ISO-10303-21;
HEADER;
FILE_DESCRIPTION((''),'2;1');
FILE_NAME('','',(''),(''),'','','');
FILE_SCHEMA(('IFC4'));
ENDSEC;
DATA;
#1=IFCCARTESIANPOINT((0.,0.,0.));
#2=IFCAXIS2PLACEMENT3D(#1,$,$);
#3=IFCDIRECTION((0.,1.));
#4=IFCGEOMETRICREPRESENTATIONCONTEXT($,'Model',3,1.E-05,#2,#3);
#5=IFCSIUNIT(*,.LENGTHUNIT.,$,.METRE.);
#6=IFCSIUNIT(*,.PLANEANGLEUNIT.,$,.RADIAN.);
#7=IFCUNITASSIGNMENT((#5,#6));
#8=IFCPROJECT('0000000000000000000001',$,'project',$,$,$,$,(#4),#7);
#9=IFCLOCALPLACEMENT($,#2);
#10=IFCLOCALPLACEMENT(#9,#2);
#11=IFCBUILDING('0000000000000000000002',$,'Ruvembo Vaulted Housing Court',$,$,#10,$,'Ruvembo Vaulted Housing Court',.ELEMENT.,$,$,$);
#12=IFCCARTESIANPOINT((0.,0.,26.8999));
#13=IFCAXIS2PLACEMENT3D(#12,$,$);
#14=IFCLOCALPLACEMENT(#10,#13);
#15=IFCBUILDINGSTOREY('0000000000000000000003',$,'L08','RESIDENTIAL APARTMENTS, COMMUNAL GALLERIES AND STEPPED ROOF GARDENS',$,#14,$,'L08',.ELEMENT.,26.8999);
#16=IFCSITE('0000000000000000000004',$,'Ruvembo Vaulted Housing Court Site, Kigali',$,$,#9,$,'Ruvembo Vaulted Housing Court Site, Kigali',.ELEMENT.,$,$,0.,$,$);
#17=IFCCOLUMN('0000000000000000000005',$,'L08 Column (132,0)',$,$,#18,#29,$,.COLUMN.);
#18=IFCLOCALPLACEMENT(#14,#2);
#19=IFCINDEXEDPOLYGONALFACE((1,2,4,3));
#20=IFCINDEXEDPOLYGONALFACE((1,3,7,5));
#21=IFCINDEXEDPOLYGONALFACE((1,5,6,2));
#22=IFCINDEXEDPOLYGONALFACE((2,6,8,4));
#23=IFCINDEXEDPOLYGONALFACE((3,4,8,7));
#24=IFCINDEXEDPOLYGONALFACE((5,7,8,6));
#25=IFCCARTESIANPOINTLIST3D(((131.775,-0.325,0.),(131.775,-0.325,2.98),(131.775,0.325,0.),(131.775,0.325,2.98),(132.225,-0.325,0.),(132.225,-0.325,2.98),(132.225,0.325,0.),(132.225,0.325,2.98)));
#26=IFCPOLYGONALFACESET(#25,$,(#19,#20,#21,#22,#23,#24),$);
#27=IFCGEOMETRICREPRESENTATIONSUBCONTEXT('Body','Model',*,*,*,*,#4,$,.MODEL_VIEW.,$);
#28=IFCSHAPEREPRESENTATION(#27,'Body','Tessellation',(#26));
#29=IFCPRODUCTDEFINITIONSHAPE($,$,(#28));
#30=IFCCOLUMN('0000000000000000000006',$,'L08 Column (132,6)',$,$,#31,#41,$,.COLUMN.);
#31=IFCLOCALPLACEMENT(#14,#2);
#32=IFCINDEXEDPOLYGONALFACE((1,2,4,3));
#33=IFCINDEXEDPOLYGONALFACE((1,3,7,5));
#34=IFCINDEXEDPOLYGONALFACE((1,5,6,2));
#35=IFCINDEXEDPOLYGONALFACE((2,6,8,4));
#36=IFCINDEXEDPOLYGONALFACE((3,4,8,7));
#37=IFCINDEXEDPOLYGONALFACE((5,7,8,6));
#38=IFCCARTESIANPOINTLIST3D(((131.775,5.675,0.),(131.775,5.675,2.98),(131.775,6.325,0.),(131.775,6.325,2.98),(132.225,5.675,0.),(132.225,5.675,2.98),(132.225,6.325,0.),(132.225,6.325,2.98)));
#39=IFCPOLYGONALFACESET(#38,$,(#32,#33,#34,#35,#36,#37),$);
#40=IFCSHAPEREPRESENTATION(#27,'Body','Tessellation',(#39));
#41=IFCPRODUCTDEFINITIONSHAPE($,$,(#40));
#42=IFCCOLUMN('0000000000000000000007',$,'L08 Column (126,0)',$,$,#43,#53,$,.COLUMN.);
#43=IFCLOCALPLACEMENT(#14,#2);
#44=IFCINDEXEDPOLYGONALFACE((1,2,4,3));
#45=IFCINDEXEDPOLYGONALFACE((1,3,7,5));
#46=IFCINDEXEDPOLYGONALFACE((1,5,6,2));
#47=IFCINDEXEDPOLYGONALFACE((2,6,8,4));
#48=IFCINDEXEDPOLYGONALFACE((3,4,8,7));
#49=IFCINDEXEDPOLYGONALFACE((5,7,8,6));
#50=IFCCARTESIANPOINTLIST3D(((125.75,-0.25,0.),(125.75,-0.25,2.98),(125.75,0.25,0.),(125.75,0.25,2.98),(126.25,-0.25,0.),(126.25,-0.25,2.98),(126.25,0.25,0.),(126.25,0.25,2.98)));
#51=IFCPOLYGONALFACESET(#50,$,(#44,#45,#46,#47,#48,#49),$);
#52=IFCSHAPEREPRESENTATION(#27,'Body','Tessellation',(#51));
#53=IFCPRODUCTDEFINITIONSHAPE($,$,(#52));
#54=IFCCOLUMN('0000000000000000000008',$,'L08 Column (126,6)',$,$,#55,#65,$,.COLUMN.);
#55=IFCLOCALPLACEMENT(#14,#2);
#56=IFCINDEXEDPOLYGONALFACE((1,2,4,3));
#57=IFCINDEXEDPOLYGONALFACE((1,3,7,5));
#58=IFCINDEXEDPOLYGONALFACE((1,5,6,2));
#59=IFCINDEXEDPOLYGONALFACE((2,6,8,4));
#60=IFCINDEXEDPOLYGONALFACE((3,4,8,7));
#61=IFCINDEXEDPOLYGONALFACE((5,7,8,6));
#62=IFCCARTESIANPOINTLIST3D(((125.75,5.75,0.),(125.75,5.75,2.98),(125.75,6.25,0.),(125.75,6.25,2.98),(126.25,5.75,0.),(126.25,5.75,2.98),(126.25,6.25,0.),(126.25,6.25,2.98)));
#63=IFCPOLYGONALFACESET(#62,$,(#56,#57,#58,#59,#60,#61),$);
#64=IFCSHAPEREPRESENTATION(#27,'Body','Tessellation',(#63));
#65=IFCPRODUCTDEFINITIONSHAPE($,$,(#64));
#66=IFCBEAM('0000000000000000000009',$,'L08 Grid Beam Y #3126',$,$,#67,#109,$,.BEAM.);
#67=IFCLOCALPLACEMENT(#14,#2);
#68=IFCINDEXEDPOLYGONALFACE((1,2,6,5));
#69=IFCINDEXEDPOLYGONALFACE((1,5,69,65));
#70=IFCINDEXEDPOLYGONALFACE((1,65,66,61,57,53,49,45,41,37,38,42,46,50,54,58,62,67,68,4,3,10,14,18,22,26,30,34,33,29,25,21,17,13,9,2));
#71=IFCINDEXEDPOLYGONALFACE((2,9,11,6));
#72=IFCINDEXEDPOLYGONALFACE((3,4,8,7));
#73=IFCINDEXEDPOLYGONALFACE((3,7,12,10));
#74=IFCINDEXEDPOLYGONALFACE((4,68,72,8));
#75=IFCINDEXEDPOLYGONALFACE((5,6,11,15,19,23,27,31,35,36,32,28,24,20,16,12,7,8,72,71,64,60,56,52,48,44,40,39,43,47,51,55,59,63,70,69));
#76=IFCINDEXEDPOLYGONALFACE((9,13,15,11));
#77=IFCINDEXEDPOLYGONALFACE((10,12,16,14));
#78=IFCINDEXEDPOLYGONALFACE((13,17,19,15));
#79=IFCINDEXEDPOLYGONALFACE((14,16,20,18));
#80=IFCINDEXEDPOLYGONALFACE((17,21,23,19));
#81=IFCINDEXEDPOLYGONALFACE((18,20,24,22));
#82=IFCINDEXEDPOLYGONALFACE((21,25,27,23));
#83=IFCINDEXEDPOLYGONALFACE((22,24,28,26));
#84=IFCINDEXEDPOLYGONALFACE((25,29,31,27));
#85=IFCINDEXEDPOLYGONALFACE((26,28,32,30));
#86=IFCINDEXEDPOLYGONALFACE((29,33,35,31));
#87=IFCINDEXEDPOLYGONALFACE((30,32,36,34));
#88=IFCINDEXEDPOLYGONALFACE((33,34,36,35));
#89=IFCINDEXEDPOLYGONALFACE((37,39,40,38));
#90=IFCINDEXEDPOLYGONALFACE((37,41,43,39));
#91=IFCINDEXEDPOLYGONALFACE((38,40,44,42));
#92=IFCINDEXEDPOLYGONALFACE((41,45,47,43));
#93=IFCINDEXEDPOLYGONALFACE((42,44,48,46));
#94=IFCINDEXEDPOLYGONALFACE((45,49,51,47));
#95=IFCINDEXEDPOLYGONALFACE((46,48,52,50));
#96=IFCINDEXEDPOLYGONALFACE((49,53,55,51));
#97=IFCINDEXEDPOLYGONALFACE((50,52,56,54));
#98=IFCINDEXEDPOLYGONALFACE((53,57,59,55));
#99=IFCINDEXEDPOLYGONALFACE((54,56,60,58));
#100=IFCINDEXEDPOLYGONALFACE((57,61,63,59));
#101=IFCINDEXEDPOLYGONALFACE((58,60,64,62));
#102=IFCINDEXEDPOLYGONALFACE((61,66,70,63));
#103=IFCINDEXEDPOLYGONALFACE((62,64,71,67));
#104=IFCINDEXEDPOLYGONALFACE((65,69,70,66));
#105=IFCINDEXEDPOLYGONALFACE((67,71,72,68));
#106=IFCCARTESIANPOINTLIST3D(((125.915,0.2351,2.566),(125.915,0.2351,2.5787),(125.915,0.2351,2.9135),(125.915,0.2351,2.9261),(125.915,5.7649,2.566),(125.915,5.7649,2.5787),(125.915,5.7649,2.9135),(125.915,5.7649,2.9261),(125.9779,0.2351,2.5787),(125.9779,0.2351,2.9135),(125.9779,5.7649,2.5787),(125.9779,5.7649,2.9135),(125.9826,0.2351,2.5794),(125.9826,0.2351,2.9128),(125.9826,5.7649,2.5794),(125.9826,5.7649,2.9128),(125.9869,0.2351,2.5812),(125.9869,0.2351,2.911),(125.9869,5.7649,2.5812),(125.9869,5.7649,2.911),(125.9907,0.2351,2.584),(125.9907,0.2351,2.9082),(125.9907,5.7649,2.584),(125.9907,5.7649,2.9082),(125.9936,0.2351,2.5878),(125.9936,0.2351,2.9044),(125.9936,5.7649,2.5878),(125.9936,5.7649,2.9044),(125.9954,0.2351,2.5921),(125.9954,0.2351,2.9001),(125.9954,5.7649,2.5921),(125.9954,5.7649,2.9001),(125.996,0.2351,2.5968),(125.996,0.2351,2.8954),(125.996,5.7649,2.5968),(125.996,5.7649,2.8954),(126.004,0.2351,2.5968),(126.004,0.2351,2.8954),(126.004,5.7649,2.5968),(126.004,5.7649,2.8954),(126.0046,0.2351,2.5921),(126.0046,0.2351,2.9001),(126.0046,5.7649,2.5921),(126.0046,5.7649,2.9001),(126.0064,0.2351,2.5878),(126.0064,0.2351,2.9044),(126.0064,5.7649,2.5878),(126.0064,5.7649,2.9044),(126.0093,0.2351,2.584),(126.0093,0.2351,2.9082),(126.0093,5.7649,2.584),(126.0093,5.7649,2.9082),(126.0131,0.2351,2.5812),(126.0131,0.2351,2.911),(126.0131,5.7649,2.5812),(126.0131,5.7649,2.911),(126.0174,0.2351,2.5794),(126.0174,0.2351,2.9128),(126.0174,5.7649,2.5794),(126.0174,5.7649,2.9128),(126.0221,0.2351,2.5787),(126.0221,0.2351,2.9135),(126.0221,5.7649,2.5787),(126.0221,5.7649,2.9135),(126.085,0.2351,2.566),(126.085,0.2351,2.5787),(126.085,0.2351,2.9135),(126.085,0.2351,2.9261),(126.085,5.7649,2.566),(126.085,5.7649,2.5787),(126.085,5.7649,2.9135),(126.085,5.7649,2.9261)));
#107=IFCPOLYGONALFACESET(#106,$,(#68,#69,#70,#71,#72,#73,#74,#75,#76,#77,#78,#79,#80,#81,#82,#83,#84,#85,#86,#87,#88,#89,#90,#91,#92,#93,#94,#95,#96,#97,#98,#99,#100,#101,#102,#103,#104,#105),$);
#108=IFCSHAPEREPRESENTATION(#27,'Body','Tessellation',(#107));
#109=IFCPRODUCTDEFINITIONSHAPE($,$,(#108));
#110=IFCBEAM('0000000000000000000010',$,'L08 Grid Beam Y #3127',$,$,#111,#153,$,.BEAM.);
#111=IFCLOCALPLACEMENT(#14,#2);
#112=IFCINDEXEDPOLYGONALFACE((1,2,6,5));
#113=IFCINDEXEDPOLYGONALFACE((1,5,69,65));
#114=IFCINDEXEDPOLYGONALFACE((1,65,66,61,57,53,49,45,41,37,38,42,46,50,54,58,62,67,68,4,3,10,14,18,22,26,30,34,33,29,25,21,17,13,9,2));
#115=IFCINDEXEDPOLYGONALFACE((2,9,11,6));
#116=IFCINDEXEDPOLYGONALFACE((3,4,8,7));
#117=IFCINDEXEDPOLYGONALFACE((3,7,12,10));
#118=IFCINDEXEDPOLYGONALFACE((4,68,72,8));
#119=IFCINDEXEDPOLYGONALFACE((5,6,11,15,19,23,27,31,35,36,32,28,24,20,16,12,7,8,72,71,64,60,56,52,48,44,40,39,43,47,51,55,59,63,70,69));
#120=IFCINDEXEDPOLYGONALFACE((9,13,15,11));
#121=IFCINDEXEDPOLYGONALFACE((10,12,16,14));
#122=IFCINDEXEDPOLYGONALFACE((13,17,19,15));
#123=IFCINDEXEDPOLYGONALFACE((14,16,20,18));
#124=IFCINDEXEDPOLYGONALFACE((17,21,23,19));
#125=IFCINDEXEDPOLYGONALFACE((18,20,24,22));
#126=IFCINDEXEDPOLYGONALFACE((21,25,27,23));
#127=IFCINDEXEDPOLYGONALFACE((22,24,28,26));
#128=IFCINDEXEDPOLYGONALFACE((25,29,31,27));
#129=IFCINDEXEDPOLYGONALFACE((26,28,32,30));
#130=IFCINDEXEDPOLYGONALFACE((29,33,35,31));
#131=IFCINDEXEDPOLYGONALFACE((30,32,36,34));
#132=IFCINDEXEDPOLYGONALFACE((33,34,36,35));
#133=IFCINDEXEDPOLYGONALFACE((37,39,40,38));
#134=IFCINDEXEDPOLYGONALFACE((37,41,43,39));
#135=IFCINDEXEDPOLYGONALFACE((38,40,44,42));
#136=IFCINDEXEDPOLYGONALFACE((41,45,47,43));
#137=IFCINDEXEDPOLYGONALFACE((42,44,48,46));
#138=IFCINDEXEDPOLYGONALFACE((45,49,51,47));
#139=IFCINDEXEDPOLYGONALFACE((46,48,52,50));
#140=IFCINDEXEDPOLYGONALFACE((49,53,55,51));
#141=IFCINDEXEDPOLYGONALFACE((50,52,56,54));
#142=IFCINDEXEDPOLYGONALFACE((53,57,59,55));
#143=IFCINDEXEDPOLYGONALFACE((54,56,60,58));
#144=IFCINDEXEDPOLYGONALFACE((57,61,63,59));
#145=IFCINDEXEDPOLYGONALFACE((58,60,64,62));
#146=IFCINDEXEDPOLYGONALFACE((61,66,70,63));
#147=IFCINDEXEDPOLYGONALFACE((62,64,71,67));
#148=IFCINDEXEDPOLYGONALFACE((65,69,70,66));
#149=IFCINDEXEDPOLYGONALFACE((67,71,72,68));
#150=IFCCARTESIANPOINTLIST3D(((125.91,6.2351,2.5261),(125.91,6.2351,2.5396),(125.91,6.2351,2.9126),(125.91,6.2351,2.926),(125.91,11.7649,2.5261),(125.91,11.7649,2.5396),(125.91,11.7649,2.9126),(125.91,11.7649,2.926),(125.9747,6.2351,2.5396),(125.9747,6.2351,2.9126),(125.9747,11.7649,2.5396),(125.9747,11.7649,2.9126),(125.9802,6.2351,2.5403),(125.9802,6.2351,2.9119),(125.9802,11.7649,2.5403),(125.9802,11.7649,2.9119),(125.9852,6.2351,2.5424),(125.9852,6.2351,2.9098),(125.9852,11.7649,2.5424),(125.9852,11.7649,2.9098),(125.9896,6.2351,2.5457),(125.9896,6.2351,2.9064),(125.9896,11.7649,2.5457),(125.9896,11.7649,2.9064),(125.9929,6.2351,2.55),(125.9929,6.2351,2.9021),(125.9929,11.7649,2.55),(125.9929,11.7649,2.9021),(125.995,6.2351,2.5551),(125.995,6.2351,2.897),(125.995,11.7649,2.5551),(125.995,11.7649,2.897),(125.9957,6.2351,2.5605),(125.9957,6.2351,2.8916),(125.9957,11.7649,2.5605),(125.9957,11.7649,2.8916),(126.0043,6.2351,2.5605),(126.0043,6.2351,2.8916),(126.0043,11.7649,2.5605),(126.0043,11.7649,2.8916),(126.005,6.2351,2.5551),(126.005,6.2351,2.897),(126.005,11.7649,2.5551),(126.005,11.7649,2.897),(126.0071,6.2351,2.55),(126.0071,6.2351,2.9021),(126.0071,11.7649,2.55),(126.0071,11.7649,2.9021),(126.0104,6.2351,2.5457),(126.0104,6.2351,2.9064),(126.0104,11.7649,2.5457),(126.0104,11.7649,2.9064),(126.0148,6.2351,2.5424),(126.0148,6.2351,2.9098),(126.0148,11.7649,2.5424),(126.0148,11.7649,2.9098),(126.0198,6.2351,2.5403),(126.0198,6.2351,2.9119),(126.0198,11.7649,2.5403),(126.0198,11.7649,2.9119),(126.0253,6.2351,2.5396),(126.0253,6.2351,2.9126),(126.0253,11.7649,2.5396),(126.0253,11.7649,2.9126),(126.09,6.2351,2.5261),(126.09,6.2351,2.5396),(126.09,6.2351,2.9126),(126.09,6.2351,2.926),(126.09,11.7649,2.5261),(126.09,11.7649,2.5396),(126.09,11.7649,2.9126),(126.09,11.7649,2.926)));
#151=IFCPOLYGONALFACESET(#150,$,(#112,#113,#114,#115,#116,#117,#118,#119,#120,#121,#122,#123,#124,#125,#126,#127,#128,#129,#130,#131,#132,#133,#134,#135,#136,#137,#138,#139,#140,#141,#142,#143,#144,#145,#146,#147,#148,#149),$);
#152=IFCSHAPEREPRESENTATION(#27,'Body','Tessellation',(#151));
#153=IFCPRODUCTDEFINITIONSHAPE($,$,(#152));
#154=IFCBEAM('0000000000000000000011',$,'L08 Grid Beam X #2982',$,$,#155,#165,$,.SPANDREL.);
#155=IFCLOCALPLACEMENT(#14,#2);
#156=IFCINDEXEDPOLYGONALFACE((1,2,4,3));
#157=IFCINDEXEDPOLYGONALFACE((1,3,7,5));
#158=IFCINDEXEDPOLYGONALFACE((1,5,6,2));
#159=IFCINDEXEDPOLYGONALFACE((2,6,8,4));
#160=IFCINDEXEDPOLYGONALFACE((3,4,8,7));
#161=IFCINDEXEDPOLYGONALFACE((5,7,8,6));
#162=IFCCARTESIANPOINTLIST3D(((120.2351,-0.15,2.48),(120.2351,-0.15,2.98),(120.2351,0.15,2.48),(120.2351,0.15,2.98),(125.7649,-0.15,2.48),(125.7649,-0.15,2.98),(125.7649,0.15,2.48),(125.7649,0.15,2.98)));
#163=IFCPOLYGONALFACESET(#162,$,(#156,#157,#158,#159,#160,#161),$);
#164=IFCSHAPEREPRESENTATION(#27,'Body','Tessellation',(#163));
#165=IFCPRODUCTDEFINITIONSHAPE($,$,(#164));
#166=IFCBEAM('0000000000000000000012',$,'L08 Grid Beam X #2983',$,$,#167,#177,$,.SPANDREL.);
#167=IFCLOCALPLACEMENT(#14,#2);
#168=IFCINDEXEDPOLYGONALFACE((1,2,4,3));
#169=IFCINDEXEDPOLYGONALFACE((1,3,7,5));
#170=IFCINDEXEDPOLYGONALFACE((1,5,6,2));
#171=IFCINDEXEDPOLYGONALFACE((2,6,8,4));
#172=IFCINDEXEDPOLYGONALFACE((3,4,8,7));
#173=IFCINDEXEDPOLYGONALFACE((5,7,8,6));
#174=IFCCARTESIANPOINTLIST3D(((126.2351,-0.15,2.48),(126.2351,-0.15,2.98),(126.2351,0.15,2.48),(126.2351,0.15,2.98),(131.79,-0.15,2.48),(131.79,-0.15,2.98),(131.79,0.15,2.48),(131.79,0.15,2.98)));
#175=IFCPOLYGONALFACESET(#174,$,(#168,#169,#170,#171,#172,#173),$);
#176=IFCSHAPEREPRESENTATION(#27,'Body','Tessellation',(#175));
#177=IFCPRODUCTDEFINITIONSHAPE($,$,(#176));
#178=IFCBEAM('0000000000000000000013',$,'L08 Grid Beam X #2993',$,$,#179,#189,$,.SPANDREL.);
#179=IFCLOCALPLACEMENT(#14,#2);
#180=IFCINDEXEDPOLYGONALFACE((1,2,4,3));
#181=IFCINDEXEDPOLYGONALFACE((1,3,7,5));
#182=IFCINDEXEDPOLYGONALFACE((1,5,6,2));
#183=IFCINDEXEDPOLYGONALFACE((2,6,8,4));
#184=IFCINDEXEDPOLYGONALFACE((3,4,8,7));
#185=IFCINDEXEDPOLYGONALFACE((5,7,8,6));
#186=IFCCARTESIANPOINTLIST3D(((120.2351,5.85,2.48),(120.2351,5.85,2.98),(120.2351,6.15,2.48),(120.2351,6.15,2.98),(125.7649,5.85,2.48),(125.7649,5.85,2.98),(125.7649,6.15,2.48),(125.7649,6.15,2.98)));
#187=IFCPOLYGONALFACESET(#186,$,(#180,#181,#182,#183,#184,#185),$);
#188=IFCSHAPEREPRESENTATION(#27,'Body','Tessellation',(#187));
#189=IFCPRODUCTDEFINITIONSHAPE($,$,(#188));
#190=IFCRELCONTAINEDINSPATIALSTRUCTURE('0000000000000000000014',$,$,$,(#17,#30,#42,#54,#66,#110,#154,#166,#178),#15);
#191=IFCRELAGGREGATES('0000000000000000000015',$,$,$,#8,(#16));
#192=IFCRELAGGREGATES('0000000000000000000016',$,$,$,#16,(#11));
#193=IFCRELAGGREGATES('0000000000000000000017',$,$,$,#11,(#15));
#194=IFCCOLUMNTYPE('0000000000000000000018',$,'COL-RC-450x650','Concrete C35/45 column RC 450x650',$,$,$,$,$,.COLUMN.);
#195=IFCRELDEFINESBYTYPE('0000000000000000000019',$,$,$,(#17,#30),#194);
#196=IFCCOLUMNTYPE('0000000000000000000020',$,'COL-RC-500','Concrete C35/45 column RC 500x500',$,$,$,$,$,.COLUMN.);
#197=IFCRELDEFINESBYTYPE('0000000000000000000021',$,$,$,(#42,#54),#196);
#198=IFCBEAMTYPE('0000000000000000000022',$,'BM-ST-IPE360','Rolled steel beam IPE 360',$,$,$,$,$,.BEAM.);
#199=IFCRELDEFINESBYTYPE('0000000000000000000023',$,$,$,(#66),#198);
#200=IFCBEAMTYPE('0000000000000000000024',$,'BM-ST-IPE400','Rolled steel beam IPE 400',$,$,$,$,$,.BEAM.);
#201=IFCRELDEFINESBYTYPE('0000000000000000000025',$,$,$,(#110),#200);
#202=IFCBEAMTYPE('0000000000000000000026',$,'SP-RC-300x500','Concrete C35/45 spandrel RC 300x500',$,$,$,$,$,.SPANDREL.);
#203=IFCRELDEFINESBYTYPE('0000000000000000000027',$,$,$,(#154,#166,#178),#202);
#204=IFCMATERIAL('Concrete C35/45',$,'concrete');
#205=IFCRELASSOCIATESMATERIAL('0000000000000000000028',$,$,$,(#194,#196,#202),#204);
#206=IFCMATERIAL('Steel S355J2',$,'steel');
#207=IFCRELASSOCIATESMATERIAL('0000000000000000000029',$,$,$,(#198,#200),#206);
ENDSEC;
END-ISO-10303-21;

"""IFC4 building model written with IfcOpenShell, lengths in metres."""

from ifc_helpers import new_model, si_unit, direction, frame, origin, origin_2d, place, context, subcontext, project, spatial, rectangle, i_section, extrude, material, material_profile, profile_set, type_object, element, save


model = new_model("IFC4")

# Units and contexts
model_context = context("Model", 3, precision=1e-05, world=origin(), true_north=direction((0.0, 1.0)))
body_context = subcontext(model_context, "Body", "Model", "MODEL_VIEW")
ifc_project = project(units=[si_unit("LENGTHUNIT", "METRE"), si_unit("PLANEANGLEUNIT", "RADIAN")], contexts=[model_context])

# Site, building, storey
site_placement = place(None, origin())
site = spatial("IfcSite", under=ifc_project, at=site_placement, Name="Ruvembo Vaulted Housing Court Site, Kigali", LongName="Ruvembo Vaulted Housing Court Site, Kigali", CompositionType="ELEMENT", RefElevation=0.0)
building_placement = place(site_placement, origin())
building = spatial("IfcBuilding", under=site, at=building_placement, Name="Ruvembo Vaulted Housing Court", LongName="Ruvembo Vaulted Housing Court", CompositionType="ELEMENT")
storey_placement = place(building_placement, frame((0.0, 0.0, 26.8999)))
storey = spatial("IfcBuildingStorey", under=building, at=storey_placement, Name="L08", Description="RESIDENTIAL APARTMENTS, COMMUNAL GALLERIES AND STEPPED ROOF GARDENS", LongName="L08", CompositionType="ELEMENT", Elevation=26.8999)

# Columns
ifc_material_1 = material(Name="Concrete C35/45", Category="concrete")
ifc_material_profile_1 = material_profile(ifc_material_1, rectangle(XDim=0.45, YDim=0.6499, at=origin_2d()), Name="RC 450x650")
ifc_profile_set_1 = profile_set([ifc_material_profile_1], Name="Concrete C35/45")
column_type_1 = type_object("IfcColumnType", Name="COL-RC-450x650", Description="Concrete C35/45 column RC 450x650", PredefinedType="COLUMN", material=ifc_profile_set_1)
for number, where, z_axis, x_axis, name in (
    (1, (132.0, 0.0, 0.0), (0.0, 0.0, 1.0), (1.0, 0.0, 0.0), "L08 Column (132,0)"),
    (2, (132.0, 6.0, 0.0), (0.0, 0.0, 1.0), (1.0, 0.0, 0.0), "L08 Column (132,6)"),
):
    element("IfcColumn", number, at=place(storey_placement, frame(where, z_axis=z_axis, x_axis=x_axis)), inside=storey, type_object=column_type_1, Name=name, PredefinedType="COLUMN", context=body_context, shape_type="SweptSolid", body=[
        extrude(rectangle(XDim=0.45, YDim=0.6499, at=origin_2d()), origin(), (0.0, 0.0, 1.0), 2.98),
    ])
ifc_material_profile_2 = material_profile(ifc_material_1, rectangle(XDim=0.5, YDim=0.5, at=origin_2d()), Name="RC 500x500")
ifc_profile_set_2 = profile_set([ifc_material_profile_2], Name="Concrete C35/45")
column_type_2 = type_object("IfcColumnType", Name="COL-RC-500", Description="Concrete C35/45 column RC 500x500", PredefinedType="COLUMN", material=ifc_profile_set_2)
for number, where, z_axis, x_axis, name in (
    (3, (126.0, 0.0, 0.0), (0.0, 0.0, 1.0), (1.0, 0.0, 0.0), "L08 Column (126,0)"),
    (4, (126.0, 6.0, 0.0), (0.0, 0.0, 1.0), (1.0, 0.0, 0.0), "L08 Column (126,6)"),
):
    element("IfcColumn", number, at=place(storey_placement, frame(where, z_axis=z_axis, x_axis=x_axis)), inside=storey, type_object=column_type_2, Name=name, PredefinedType="COLUMN", context=body_context, shape_type="SweptSolid", body=[
        extrude(rectangle(XDim=0.5, YDim=0.5, at=origin_2d()), origin(), (0.0, 0.0, 1.0), 2.98),
    ])

# Beams
ifc_material_2 = material(Name="Steel S355J2", Category="steel")
ifc_material_profile_3 = material_profile(ifc_material_2, i_section(OverallWidth=0.1699, OverallDepth=0.3601, WebThickness=0.0081, FlangeThickness=0.0127, FilletRadius=0.0181, at=origin_2d()), Name="IPE 360")
ifc_profile_set_3 = profile_set([ifc_material_profile_3], Name="Steel S355J2")
beam_type_1 = type_object("IfcBeamType", Name="BM-ST-IPE360", Description="Rolled steel beam IPE 360", PredefinedType="BEAM", material=ifc_profile_set_3)
beam_1_placement = place(storey_placement, frame((126.0, 0.2351, 2.7461), z_axis=(0.0, 1.0, 0.0), x_axis=(-1.0, 0.0, 0.0)))
element("IfcBeam", 5, at=beam_1_placement, inside=storey, type_object=beam_type_1, Name="L08 Grid Beam Y #3126", PredefinedType="BEAM", context=body_context, shape_type="SweptSolid", body=[
    extrude(i_section(OverallWidth=0.1699, OverallDepth=0.3601, WebThickness=0.0081, FlangeThickness=0.0127, FilletRadius=0.0181, at=origin_2d()), origin(), (0.0, 0.0, 1.0), 5.5298),
])
ifc_material_profile_4 = material_profile(ifc_material_2, i_section(OverallWidth=0.1799, OverallDepth=0.3999, WebThickness=0.0085, FlangeThickness=0.0134, FilletRadius=0.021, at=origin_2d()), Name="IPE 400")
ifc_profile_set_4 = profile_set([ifc_material_profile_4], Name="Steel S355J2")
beam_type_2 = type_object("IfcBeamType", Name="BM-ST-IPE400", Description="Rolled steel beam IPE 400", PredefinedType="BEAM", material=ifc_profile_set_4)
beam_2_placement = place(storey_placement, frame((126.0, 6.2351, 2.7261), z_axis=(0.0, 1.0, 0.0), x_axis=(-1.0, 0.0, 0.0)))
element("IfcBeam", 6, at=beam_2_placement, inside=storey, type_object=beam_type_2, Name="L08 Grid Beam Y #3127", PredefinedType="BEAM", context=body_context, shape_type="SweptSolid", body=[
    extrude(i_section(OverallWidth=0.1799, OverallDepth=0.3999, WebThickness=0.0085, FlangeThickness=0.0134, FilletRadius=0.021, at=origin_2d()), origin(), (0.0, 0.0, 1.0), 5.5298),
])
ifc_material_profile_5 = material_profile(ifc_material_1, rectangle(XDim=0.3, YDim=0.5, at=origin_2d()), Name="RC 300x500")
ifc_profile_set_5 = profile_set([ifc_material_profile_5], Name="Concrete C35/45")
beam_type_3 = type_object("IfcBeamType", Name="SP-RC-300x500", Description="Concrete C35/45 spandrel RC 300x500", PredefinedType="SPANDREL", material=ifc_profile_set_5)
beam_3_placement = place(storey_placement, frame((120.2351, 0.0, 2.73), z_axis=(1.0, 0.0, 0.0), x_axis=(0.0, 1.0, 0.0)))
element("IfcBeam", 7, at=beam_3_placement, inside=storey, type_object=beam_type_3, Name="L08 Grid Beam X #2982", PredefinedType="SPANDREL", context=body_context, shape_type="SweptSolid", body=[
    extrude(rectangle(XDim=0.3, YDim=0.5, at=origin_2d()), origin(), (0.0, 0.0, 1.0), 5.5298),
])
beam_4_placement = place(storey_placement, frame((126.2351, 0.0, 2.73), z_axis=(1.0, 0.0, 0.0), x_axis=(0.0, 1.0, 0.0)))
element("IfcBeam", 8, at=beam_4_placement, inside=storey, type_object=beam_type_3, Name="L08 Grid Beam X #2983", PredefinedType="SPANDREL", context=body_context, shape_type="SweptSolid", body=[
    extrude(rectangle(XDim=0.3, YDim=0.5, at=origin_2d()), origin(), (0.0, 0.0, 1.0), 5.5549),
])
beam_5_placement = place(storey_placement, frame((120.2351, 6.0, 2.73), z_axis=(1.0, 0.0, 0.0), x_axis=(0.0, 1.0, 0.0)))
element("IfcBeam", 9, at=beam_5_placement, inside=storey, type_object=beam_type_3, Name="L08 Grid Beam X #2993", PredefinedType="SPANDREL", context=body_context, shape_type="SweptSolid", body=[
    extrude(rectangle(XDim=0.3, YDim=0.5, at=origin_2d()), origin(), (0.0, 0.0, 1.0), 5.5298),
])

save(model, "model.ifc")
